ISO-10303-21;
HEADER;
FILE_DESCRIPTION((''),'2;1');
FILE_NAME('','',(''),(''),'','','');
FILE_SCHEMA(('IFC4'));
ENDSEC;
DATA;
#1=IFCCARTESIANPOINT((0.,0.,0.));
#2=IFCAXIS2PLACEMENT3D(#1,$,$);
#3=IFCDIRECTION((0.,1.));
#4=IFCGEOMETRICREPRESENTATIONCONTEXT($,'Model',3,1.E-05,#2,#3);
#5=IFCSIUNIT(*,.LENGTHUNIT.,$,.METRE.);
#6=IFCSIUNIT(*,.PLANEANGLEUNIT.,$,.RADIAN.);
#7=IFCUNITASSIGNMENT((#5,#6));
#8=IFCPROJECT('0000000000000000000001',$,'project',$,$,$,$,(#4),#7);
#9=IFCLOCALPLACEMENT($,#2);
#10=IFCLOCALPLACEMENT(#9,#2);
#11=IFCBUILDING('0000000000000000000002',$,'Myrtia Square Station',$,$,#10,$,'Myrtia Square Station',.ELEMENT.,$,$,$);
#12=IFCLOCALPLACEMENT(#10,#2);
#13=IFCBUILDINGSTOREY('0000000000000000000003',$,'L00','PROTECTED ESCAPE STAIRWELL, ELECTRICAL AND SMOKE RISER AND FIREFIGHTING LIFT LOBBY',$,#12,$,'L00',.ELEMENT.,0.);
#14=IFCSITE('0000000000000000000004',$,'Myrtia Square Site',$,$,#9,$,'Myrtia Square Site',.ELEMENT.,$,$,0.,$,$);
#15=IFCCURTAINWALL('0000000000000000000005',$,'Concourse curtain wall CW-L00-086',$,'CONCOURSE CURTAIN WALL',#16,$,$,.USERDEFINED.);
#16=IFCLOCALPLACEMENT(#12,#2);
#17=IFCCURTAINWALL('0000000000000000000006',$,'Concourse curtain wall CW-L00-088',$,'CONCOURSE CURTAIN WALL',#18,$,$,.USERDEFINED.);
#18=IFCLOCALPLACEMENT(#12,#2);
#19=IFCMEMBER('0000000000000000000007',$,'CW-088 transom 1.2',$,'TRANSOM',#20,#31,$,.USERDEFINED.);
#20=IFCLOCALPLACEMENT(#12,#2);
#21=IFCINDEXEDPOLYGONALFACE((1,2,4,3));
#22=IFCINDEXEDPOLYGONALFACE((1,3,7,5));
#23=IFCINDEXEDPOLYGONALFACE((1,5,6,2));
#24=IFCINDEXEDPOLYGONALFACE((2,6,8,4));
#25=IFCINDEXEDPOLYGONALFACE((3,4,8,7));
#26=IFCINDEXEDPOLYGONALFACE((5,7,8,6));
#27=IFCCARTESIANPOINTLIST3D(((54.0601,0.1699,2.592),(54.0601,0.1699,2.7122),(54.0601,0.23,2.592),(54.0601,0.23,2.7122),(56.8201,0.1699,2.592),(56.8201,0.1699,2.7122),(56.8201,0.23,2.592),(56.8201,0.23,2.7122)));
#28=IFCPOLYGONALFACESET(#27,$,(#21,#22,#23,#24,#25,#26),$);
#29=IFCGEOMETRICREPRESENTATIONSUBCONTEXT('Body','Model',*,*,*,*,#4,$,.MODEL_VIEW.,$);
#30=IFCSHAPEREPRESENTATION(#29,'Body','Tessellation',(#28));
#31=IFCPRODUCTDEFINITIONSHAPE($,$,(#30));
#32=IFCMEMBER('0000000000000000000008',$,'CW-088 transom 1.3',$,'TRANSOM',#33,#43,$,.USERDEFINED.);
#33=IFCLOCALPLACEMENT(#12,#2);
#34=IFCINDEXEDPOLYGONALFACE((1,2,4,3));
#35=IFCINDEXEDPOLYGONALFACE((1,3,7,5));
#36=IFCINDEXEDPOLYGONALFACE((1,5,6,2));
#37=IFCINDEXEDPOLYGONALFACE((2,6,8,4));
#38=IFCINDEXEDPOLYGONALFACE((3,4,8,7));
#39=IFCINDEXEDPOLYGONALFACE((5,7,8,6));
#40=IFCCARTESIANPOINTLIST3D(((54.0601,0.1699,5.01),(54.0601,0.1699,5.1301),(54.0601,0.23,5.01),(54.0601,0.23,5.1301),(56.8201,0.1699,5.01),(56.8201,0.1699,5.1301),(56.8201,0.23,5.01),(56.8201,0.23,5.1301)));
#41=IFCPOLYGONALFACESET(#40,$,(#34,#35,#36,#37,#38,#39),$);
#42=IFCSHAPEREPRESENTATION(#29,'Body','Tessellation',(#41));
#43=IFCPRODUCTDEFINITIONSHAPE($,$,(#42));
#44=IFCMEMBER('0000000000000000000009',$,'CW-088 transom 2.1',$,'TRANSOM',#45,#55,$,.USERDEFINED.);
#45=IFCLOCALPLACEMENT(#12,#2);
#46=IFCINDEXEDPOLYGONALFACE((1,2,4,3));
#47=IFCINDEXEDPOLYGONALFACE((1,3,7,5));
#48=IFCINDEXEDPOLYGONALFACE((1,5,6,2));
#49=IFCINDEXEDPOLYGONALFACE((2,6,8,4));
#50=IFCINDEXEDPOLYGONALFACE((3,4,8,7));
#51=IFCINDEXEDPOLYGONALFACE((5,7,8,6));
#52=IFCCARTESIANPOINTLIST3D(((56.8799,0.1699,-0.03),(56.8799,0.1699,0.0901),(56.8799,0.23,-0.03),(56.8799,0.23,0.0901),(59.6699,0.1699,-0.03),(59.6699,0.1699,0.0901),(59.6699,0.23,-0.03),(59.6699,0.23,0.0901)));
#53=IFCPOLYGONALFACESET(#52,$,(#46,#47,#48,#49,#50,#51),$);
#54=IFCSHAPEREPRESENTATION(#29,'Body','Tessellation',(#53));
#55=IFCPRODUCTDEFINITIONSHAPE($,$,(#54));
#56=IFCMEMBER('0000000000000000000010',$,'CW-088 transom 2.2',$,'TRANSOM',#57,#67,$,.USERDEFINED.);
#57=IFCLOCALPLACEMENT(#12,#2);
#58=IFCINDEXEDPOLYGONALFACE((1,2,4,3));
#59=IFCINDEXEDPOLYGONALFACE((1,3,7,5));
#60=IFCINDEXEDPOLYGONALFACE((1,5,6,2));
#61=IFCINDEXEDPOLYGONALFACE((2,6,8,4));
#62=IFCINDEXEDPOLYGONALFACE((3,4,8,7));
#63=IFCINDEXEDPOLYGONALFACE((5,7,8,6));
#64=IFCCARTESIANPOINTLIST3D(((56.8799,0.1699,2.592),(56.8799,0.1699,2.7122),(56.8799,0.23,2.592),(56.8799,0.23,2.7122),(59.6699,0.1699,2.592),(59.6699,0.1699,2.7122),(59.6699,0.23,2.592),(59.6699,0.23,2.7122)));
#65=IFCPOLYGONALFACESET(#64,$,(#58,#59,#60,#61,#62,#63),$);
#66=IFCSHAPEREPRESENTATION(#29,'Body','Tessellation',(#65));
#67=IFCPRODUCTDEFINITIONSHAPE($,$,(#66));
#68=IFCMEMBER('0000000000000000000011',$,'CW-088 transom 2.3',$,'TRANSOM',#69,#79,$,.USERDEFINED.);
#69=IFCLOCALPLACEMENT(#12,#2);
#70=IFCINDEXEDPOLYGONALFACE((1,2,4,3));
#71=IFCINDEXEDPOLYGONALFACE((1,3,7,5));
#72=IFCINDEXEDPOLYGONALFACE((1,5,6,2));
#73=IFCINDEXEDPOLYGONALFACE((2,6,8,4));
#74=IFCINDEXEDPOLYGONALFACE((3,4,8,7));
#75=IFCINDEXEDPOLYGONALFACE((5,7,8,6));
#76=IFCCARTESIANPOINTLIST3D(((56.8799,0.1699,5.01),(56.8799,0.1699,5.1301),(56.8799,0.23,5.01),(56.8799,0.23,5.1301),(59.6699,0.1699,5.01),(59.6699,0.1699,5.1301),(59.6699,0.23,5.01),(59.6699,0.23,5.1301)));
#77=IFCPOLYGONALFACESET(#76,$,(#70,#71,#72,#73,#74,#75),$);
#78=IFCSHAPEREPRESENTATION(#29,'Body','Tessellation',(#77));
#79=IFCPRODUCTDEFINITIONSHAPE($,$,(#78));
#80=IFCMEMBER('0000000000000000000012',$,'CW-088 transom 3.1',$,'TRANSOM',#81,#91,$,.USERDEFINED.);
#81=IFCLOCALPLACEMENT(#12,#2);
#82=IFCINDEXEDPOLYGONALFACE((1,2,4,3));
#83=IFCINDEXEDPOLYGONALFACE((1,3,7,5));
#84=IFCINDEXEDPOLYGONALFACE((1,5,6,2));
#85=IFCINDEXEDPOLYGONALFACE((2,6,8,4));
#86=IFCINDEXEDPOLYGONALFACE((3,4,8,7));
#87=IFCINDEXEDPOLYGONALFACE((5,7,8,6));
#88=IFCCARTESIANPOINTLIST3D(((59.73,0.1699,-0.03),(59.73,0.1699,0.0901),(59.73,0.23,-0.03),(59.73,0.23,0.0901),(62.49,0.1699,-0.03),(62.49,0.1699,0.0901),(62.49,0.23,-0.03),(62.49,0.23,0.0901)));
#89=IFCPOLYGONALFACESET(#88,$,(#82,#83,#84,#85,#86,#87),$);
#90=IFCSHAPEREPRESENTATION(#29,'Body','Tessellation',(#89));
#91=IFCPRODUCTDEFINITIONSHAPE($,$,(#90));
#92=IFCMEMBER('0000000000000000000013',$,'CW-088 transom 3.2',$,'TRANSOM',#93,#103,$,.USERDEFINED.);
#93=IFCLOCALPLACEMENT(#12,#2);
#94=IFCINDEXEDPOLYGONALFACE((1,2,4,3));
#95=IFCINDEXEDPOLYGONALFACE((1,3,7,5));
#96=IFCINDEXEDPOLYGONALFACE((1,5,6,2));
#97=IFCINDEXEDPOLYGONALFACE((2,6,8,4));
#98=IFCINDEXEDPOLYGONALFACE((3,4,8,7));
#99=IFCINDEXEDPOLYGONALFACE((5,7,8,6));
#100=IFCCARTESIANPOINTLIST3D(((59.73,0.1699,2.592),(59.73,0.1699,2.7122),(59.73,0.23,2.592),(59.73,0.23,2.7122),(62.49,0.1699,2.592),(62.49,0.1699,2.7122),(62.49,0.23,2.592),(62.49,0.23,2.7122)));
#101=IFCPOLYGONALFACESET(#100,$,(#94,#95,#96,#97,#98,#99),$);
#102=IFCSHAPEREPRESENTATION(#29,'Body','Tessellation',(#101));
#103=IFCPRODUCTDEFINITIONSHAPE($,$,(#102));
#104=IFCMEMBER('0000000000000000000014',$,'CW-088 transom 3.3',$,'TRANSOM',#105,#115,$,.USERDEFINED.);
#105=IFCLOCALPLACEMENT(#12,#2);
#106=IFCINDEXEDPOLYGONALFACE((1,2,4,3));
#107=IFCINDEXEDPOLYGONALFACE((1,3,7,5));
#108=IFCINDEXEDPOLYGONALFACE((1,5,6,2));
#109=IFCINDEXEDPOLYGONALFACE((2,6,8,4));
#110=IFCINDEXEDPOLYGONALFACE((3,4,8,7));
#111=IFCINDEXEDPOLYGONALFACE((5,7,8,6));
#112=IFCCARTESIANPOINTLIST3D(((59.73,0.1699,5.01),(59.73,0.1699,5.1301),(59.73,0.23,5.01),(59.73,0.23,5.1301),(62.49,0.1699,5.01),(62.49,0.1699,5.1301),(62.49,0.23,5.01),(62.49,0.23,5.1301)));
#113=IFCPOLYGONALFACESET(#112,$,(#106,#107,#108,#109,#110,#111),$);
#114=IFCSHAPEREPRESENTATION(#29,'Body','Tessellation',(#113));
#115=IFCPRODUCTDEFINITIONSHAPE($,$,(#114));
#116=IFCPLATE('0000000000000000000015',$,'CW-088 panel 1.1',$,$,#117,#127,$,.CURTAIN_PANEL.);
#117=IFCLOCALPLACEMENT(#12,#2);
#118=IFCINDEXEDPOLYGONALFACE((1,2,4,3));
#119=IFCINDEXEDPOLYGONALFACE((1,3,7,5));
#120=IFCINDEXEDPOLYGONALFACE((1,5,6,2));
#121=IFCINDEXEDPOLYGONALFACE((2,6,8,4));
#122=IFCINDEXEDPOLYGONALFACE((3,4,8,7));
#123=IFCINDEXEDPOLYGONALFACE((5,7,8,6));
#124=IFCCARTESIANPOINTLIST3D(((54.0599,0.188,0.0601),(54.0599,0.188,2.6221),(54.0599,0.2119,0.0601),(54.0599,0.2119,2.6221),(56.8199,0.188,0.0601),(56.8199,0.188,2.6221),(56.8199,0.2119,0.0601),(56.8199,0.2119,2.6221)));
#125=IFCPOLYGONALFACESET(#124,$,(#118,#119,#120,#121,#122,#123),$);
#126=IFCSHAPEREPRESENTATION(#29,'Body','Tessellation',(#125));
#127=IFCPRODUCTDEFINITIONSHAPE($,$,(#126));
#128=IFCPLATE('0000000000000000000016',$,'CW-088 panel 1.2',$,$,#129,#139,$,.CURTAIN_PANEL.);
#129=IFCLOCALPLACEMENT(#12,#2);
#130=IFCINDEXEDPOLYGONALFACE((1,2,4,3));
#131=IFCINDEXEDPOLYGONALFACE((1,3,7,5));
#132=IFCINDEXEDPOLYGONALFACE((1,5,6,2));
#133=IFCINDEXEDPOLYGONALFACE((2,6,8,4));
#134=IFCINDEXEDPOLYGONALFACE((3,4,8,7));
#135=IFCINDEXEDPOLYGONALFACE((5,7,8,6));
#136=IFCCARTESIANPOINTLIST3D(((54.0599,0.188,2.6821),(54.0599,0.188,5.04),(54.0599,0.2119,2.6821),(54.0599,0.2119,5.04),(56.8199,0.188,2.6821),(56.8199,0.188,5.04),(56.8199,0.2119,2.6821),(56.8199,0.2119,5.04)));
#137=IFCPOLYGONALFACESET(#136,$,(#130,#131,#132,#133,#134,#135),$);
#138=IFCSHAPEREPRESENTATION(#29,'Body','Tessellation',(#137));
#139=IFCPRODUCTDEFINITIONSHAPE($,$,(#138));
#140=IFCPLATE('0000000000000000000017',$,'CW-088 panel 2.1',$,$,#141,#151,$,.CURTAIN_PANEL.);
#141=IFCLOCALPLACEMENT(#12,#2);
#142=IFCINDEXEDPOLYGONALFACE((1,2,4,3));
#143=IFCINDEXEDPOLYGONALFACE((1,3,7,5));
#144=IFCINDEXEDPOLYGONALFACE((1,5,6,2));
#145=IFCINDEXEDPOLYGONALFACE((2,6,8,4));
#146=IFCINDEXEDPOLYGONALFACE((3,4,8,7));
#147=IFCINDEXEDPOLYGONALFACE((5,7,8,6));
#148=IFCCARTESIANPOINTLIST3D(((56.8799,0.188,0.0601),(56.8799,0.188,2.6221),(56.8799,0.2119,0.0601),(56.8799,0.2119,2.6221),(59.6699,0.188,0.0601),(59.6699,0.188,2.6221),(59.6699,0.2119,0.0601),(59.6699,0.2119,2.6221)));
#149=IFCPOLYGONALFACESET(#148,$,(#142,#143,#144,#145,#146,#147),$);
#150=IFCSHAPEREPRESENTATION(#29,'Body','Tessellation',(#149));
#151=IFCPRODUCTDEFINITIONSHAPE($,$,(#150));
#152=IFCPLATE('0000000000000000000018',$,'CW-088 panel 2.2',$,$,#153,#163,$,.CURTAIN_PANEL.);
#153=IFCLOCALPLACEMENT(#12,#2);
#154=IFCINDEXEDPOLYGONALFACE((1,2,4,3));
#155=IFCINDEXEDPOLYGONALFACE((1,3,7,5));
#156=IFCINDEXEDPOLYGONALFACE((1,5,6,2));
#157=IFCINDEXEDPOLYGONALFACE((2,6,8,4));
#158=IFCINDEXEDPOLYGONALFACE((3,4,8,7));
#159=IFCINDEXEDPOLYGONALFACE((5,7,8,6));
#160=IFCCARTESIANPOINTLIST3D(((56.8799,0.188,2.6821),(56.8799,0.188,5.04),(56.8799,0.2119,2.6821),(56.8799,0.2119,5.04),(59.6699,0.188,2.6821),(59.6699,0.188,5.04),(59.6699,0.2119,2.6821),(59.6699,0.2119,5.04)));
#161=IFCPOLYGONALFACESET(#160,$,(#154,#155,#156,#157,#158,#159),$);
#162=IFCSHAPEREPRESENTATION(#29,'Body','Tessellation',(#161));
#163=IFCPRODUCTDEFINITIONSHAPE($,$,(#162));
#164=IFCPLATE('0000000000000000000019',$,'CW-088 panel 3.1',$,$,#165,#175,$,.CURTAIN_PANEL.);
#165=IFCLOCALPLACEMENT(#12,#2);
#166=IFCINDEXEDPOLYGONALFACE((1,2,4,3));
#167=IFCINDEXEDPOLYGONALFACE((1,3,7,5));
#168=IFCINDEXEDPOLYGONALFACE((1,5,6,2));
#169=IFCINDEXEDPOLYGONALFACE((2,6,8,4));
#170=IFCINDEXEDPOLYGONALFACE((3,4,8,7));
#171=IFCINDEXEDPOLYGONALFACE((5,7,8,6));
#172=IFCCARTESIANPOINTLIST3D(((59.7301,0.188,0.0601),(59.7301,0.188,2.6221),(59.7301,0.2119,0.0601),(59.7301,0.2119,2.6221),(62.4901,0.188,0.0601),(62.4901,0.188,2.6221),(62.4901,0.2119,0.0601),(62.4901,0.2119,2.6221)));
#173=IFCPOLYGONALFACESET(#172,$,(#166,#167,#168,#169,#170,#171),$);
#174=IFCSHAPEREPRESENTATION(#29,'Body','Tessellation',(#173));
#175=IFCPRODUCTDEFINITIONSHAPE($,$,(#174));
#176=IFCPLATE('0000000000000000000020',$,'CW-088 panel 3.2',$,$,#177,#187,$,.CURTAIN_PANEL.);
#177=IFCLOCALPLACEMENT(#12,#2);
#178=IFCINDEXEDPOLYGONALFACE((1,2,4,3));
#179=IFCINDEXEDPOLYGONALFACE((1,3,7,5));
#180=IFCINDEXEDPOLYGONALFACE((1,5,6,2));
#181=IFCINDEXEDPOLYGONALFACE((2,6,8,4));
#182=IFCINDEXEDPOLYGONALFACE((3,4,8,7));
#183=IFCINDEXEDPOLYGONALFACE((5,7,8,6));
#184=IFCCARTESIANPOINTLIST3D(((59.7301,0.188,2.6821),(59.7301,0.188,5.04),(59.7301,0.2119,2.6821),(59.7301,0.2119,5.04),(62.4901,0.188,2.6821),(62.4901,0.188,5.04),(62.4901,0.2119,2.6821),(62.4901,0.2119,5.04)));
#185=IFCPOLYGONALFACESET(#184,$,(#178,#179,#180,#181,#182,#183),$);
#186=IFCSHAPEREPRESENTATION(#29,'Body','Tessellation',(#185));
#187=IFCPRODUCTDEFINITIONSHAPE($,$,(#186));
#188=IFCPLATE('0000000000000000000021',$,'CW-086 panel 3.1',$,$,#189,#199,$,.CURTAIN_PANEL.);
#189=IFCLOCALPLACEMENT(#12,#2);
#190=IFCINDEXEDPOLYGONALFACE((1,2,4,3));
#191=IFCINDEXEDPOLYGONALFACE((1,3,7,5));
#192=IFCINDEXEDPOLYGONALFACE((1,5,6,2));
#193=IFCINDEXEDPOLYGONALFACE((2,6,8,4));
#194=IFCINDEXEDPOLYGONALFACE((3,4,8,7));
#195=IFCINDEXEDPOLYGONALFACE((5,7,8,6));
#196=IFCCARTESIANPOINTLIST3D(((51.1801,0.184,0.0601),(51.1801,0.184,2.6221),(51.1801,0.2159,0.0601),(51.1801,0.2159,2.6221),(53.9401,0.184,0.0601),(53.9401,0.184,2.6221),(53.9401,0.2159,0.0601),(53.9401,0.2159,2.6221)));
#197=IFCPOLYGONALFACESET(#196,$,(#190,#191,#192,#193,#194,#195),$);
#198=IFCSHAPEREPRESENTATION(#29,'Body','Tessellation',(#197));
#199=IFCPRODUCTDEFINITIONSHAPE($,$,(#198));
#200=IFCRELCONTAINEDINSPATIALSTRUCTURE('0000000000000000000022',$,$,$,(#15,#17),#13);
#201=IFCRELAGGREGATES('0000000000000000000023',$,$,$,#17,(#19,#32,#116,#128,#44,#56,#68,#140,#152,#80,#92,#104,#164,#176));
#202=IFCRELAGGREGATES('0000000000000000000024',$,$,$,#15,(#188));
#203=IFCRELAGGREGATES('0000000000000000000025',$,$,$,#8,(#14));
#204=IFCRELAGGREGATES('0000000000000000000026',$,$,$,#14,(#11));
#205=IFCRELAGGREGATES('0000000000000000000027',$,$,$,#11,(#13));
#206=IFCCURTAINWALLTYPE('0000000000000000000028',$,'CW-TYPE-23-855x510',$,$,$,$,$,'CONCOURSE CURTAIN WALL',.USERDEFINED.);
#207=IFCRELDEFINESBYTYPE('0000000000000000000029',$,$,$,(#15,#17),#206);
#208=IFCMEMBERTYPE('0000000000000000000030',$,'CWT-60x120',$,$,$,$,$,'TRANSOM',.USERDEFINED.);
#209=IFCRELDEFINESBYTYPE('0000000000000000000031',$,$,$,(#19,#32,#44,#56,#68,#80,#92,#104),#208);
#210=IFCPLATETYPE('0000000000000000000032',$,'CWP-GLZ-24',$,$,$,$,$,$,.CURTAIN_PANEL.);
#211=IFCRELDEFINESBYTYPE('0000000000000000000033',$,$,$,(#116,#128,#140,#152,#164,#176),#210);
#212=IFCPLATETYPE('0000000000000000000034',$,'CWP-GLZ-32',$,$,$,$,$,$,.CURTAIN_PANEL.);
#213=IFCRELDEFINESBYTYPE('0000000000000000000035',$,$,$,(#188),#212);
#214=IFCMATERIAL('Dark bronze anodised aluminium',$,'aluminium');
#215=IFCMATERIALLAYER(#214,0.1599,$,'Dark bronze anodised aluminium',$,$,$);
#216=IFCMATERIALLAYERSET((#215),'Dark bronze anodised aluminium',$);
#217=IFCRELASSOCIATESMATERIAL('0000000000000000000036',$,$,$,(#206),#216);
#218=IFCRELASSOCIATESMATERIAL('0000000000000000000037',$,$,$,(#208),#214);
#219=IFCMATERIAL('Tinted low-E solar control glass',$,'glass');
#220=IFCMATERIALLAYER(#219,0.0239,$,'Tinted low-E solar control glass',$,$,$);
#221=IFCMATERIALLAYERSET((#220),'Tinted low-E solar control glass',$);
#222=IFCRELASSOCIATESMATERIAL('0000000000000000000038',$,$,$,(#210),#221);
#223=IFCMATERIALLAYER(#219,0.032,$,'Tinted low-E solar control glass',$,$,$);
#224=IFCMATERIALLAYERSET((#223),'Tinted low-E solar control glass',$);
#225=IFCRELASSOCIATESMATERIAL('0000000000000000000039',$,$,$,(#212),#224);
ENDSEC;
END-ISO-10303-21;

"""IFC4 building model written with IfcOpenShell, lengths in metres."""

from ifc_helpers import new_model, si_unit, direction, frame, origin, origin_2d, place, context, subcontext, project, spatial, rectangle, extrude, material, layer, layer_set, material_profile, profile_set, type_object, element, aggregate, save


model = new_model("IFC4")

# Units and contexts
model_context = context("Model", 3, precision=1e-05, world=origin(), true_north=direction((0.0, 1.0)))
body_context = subcontext(model_context, "Body", "Model", "MODEL_VIEW")
ifc_project = project(units=[si_unit("LENGTHUNIT", "METRE"), si_unit("PLANEANGLEUNIT", "RADIAN")], contexts=[model_context])

# Site, building, storey
site_placement = place(None, origin())
site = spatial("IfcSite", under=ifc_project, at=site_placement, Name="Myrtia Square Site", LongName="Myrtia Square Site", CompositionType="ELEMENT", RefElevation=0.0)
building_placement = place(site_placement, origin())
building = spatial("IfcBuilding", under=site, at=building_placement, Name="Myrtia Square Station", LongName="Myrtia Square Station", CompositionType="ELEMENT")
storey_placement = place(building_placement, origin())
storey = spatial("IfcBuildingStorey", under=building, at=storey_placement, Name="L00", Description="PROTECTED ESCAPE STAIRWELL, ELECTRICAL AND SMOKE RISER AND FIREFIGHTING LIFT LOBBY", LongName="L00", CompositionType="ELEMENT", Elevation=0.0)

# Curtain walls
ifc_material_1 = material(Name="Dark bronze anodised aluminium", Category="aluminium")
ifc_layer_1 = layer(ifc_material_1, 0.1599, Name="Dark bronze anodised aluminium")
ifc_layer_set_1 = layer_set([ifc_layer_1], Name="Dark bronze anodised aluminium")
curtain_wall_type = type_object("IfcCurtainWallType", Name="CW-TYPE-23-855x510", ElementType="CONCOURSE CURTAIN WALL", PredefinedType="USERDEFINED", material=ifc_layer_set_1)
curtain_wall_1_placement = place(storey_placement, origin())
curtain_wall_1 = element("IfcCurtainWall", 1, at=curtain_wall_1_placement, inside=storey, type_object=curtain_wall_type, Name="Concourse curtain wall CW-L00-086", ObjectType="CONCOURSE CURTAIN WALL", PredefinedType="USERDEFINED")
curtain_wall_2_placement = place(storey_placement, origin())
curtain_wall_2 = element("IfcCurtainWall", 2, at=curtain_wall_2_placement, inside=storey, type_object=curtain_wall_type, Name="Concourse curtain wall CW-L00-088", ObjectType="CONCOURSE CURTAIN WALL", PredefinedType="USERDEFINED")

# Members
ifc_material_profile_1 = material_profile(ifc_material_1, rectangle(XDim=0.0601, YDim=0.1201, at=origin_2d()), Name="ALU-T 60x120")
ifc_profile_set_1 = profile_set([ifc_material_profile_1], Name="Dark bronze anodised aluminium")
member_type_1 = type_object("IfcMemberType", Name="CWT-60x120", ElementType="TRANSOM", PredefinedType="USERDEFINED", material=ifc_profile_set_1)
member_1_placement = place(storey_placement, frame((54.0601, 0.2, 2.6521), z_axis=(1.0, 0.0, 0.0), x_axis=(0.0, 1.0, 0.0)))
member_1 = element("IfcMember", 3, at=member_1_placement, type_object=member_type_1, Name="CW-088 transom 1.2", ObjectType="TRANSOM", PredefinedType="USERDEFINED", context=body_context, shape_type="SweptSolid", body=[
    extrude(rectangle(XDim=0.0601, YDim=0.1201, at=origin_2d()), origin(), (0.0, 0.0, 1.0), 2.76),
])
member_2_placement = place(storey_placement, frame((54.0601, 0.2, 5.0701), z_axis=(1.0, 0.0, 0.0), x_axis=(0.0, 1.0, 0.0)))
member_2 = element("IfcMember", 4, at=member_2_placement, type_object=member_type_1, Name="CW-088 transom 1.3", ObjectType="TRANSOM", PredefinedType="USERDEFINED", context=body_context, shape_type="SweptSolid", body=[
    extrude(rectangle(XDim=0.0601, YDim=0.1201, at=origin_2d()), origin(), (0.0, 0.0, 1.0), 2.76),
])
member_3_placement = place(storey_placement, frame((56.8799, 0.2, 0.03), z_axis=(1.0, 0.0, 0.0), x_axis=(0.0, 1.0, 0.0)))
member_3 = element("IfcMember", 5, at=member_3_placement, type_object=member_type_1, Name="CW-088 transom 2.1", ObjectType="TRANSOM", PredefinedType="USERDEFINED", context=body_context, shape_type="SweptSolid", body=[
    extrude(rectangle(XDim=0.0601, YDim=0.1201, at=origin_2d()), origin(), (0.0, 0.0, 1.0), 2.79),
])
member_4_placement = place(storey_placement, frame((56.8799, 0.2, 2.6521), z_axis=(1.0, 0.0, 0.0), x_axis=(0.0, 1.0, 0.0)))
member_4 = element("IfcMember", 6, at=member_4_placement, type_object=member_type_1, Name="CW-088 transom 2.2", ObjectType="TRANSOM", PredefinedType="USERDEFINED", context=body_context, shape_type="SweptSolid", body=[
    extrude(rectangle(XDim=0.0601, YDim=0.1201, at=origin_2d()), origin(), (0.0, 0.0, 1.0), 2.79),
])
member_5_placement = place(storey_placement, frame((56.8799, 0.2, 5.0701), z_axis=(1.0, 0.0, 0.0), x_axis=(0.0, 1.0, 0.0)))
member_5 = element("IfcMember", 7, at=member_5_placement, type_object=member_type_1, Name="CW-088 transom 2.3", ObjectType="TRANSOM", PredefinedType="USERDEFINED", context=body_context, shape_type="SweptSolid", body=[
    extrude(rectangle(XDim=0.0601, YDim=0.1201, at=origin_2d()), origin(), (0.0, 0.0, 1.0), 2.79),
])
member_6_placement = place(storey_placement, frame((59.73, 0.2, 0.03), z_axis=(1.0, 0.0, 0.0), x_axis=(0.0, 1.0, 0.0)))
member_6 = element("IfcMember", 8, at=member_6_placement, type_object=member_type_1, Name="CW-088 transom 3.1", ObjectType="TRANSOM", PredefinedType="USERDEFINED", context=body_context, shape_type="SweptSolid", body=[
    extrude(rectangle(XDim=0.0601, YDim=0.1201, at=origin_2d()), origin(), (0.0, 0.0, 1.0), 2.76),
])
member_7_placement = place(storey_placement, frame((59.73, 0.2, 2.6521), z_axis=(1.0, 0.0, 0.0), x_axis=(0.0, 1.0, 0.0)))
member_7 = element("IfcMember", 9, at=member_7_placement, type_object=member_type_1, Name="CW-088 transom 3.2", ObjectType="TRANSOM", PredefinedType="USERDEFINED", context=body_context, shape_type="SweptSolid", body=[
    extrude(rectangle(XDim=0.0601, YDim=0.1201, at=origin_2d()), origin(), (0.0, 0.0, 1.0), 2.76),
])
member_8_placement = place(storey_placement, frame((59.73, 0.2, 5.0701), z_axis=(1.0, 0.0, 0.0), x_axis=(0.0, 1.0, 0.0)))
member_8 = element("IfcMember", 10, at=member_8_placement, type_object=member_type_1, Name="CW-088 transom 3.3", ObjectType="TRANSOM", PredefinedType="USERDEFINED", context=body_context, shape_type="SweptSolid", body=[
    extrude(rectangle(XDim=0.0601, YDim=0.1201, at=origin_2d()), origin(), (0.0, 0.0, 1.0), 2.76),
])

# Plates
ifc_material_2 = material(Name="Tinted low-E solar control glass", Category="glass")
ifc_layer_2 = layer(ifc_material_2, 0.0239, Name="Tinted low-E solar control glass")
ifc_layer_set_2 = layer_set([ifc_layer_2], Name="Tinted low-E solar control glass")
plate_type_1 = type_object("IfcPlateType", Name="CWP-GLZ-24", PredefinedType="CURTAIN_PANEL", material=ifc_layer_set_2)
plate_1_placement = place(storey_placement, frame((55.4399, 0.2, 0.0601), z_axis=(0.0, 0.0, 1.0), x_axis=(1.0, 0.0, 0.0)))
plate_1 = element("IfcPlate", 11, at=plate_1_placement, type_object=plate_type_1, Name="CW-088 panel 1.1", PredefinedType="CURTAIN_PANEL", context=body_context, shape_type="SweptSolid", body=[
    extrude(rectangle(XDim=2.76, YDim=0.0239, at=origin_2d()), origin(), (0.0, 0.0, 1.0), 2.562),
])
plate_2_placement = place(storey_placement, frame((55.4399, 0.2, 2.6821), z_axis=(0.0, 0.0, 1.0), x_axis=(1.0, 0.0, 0.0)))
plate_2 = element("IfcPlate", 12, at=plate_2_placement, type_object=plate_type_1, Name="CW-088 panel 1.2", PredefinedType="CURTAIN_PANEL", context=body_context, shape_type="SweptSolid", body=[
    extrude(rectangle(XDim=2.76, YDim=0.0239, at=origin_2d()), origin(), (0.0, 0.0, 1.0), 2.3579),
])
plate_3_placement = place(storey_placement, frame((58.2749, 0.2, 0.0601), z_axis=(0.0, 0.0, 1.0), x_axis=(1.0, 0.0, 0.0)))
plate_3 = element("IfcPlate", 13, at=plate_3_placement, type_object=plate_type_1, Name="CW-088 panel 2.1", PredefinedType="CURTAIN_PANEL", context=body_context, shape_type="SweptSolid", body=[
    extrude(rectangle(XDim=2.79, YDim=0.0239, at=origin_2d()), origin(), (0.0, 0.0, 1.0), 2.562),
])
plate_4_placement = place(storey_placement, frame((58.2749, 0.2, 2.6821), z_axis=(0.0, 0.0, 1.0), x_axis=(1.0, 0.0, 0.0)))
plate_4 = element("IfcPlate", 14, at=plate_4_placement, type_object=plate_type_1, Name="CW-088 panel 2.2", PredefinedType="CURTAIN_PANEL", context=body_context, shape_type="SweptSolid", body=[
    extrude(rectangle(XDim=2.79, YDim=0.0239, at=origin_2d()), origin(), (0.0, 0.0, 1.0), 2.3579),
])
plate_5_placement = place(storey_placement, frame((61.1101, 0.2, 0.0601), z_axis=(0.0, 0.0, 1.0), x_axis=(1.0, 0.0, 0.0)))
plate_5 = element("IfcPlate", 15, at=plate_5_placement, type_object=plate_type_1, Name="CW-088 panel 3.1", PredefinedType="CURTAIN_PANEL", context=body_context, shape_type="SweptSolid", body=[
    extrude(rectangle(XDim=2.76, YDim=0.0239, at=origin_2d()), origin(), (0.0, 0.0, 1.0), 2.562),
])
plate_6_placement = place(storey_placement, frame((61.1101, 0.2, 2.6821), z_axis=(0.0, 0.0, 1.0), x_axis=(1.0, 0.0, 0.0)))
plate_6 = element("IfcPlate", 16, at=plate_6_placement, type_object=plate_type_1, Name="CW-088 panel 3.2", PredefinedType="CURTAIN_PANEL", context=body_context, shape_type="SweptSolid", body=[
    extrude(rectangle(XDim=2.76, YDim=0.0239, at=origin_2d()), origin(), (0.0, 0.0, 1.0), 2.3579),
])
aggregate(curtain_wall_2, [member_1, member_2, plate_1, plate_2, member_3, member_4, member_5, plate_3, plate_4, member_6, member_7, member_8, plate_5, plate_6])
ifc_layer_3 = layer(ifc_material_2, 0.032, Name="Tinted low-E solar control glass")
ifc_layer_set_3 = layer_set([ifc_layer_3], Name="Tinted low-E solar control glass")
plate_type_2 = type_object("IfcPlateType", Name="CWP-GLZ-32", PredefinedType="CURTAIN_PANEL", material=ifc_layer_set_3)
plate_7_placement = place(storey_placement, frame((52.5601, 0.2, 0.0601), z_axis=(0.0, 0.0, 1.0), x_axis=(1.0, 0.0, 0.0)))
plate_7 = element("IfcPlate", 17, at=plate_7_placement, type_object=plate_type_2, Name="CW-086 panel 3.1", PredefinedType="CURTAIN_PANEL", context=body_context, shape_type="SweptSolid", body=[
    extrude(rectangle(XDim=2.76, YDim=0.032, at=origin_2d()), origin(), (0.0, 0.0, 1.0), 2.562),
])
aggregate(curtain_wall_1, [plate_7])

save(model, "model.ifc")
